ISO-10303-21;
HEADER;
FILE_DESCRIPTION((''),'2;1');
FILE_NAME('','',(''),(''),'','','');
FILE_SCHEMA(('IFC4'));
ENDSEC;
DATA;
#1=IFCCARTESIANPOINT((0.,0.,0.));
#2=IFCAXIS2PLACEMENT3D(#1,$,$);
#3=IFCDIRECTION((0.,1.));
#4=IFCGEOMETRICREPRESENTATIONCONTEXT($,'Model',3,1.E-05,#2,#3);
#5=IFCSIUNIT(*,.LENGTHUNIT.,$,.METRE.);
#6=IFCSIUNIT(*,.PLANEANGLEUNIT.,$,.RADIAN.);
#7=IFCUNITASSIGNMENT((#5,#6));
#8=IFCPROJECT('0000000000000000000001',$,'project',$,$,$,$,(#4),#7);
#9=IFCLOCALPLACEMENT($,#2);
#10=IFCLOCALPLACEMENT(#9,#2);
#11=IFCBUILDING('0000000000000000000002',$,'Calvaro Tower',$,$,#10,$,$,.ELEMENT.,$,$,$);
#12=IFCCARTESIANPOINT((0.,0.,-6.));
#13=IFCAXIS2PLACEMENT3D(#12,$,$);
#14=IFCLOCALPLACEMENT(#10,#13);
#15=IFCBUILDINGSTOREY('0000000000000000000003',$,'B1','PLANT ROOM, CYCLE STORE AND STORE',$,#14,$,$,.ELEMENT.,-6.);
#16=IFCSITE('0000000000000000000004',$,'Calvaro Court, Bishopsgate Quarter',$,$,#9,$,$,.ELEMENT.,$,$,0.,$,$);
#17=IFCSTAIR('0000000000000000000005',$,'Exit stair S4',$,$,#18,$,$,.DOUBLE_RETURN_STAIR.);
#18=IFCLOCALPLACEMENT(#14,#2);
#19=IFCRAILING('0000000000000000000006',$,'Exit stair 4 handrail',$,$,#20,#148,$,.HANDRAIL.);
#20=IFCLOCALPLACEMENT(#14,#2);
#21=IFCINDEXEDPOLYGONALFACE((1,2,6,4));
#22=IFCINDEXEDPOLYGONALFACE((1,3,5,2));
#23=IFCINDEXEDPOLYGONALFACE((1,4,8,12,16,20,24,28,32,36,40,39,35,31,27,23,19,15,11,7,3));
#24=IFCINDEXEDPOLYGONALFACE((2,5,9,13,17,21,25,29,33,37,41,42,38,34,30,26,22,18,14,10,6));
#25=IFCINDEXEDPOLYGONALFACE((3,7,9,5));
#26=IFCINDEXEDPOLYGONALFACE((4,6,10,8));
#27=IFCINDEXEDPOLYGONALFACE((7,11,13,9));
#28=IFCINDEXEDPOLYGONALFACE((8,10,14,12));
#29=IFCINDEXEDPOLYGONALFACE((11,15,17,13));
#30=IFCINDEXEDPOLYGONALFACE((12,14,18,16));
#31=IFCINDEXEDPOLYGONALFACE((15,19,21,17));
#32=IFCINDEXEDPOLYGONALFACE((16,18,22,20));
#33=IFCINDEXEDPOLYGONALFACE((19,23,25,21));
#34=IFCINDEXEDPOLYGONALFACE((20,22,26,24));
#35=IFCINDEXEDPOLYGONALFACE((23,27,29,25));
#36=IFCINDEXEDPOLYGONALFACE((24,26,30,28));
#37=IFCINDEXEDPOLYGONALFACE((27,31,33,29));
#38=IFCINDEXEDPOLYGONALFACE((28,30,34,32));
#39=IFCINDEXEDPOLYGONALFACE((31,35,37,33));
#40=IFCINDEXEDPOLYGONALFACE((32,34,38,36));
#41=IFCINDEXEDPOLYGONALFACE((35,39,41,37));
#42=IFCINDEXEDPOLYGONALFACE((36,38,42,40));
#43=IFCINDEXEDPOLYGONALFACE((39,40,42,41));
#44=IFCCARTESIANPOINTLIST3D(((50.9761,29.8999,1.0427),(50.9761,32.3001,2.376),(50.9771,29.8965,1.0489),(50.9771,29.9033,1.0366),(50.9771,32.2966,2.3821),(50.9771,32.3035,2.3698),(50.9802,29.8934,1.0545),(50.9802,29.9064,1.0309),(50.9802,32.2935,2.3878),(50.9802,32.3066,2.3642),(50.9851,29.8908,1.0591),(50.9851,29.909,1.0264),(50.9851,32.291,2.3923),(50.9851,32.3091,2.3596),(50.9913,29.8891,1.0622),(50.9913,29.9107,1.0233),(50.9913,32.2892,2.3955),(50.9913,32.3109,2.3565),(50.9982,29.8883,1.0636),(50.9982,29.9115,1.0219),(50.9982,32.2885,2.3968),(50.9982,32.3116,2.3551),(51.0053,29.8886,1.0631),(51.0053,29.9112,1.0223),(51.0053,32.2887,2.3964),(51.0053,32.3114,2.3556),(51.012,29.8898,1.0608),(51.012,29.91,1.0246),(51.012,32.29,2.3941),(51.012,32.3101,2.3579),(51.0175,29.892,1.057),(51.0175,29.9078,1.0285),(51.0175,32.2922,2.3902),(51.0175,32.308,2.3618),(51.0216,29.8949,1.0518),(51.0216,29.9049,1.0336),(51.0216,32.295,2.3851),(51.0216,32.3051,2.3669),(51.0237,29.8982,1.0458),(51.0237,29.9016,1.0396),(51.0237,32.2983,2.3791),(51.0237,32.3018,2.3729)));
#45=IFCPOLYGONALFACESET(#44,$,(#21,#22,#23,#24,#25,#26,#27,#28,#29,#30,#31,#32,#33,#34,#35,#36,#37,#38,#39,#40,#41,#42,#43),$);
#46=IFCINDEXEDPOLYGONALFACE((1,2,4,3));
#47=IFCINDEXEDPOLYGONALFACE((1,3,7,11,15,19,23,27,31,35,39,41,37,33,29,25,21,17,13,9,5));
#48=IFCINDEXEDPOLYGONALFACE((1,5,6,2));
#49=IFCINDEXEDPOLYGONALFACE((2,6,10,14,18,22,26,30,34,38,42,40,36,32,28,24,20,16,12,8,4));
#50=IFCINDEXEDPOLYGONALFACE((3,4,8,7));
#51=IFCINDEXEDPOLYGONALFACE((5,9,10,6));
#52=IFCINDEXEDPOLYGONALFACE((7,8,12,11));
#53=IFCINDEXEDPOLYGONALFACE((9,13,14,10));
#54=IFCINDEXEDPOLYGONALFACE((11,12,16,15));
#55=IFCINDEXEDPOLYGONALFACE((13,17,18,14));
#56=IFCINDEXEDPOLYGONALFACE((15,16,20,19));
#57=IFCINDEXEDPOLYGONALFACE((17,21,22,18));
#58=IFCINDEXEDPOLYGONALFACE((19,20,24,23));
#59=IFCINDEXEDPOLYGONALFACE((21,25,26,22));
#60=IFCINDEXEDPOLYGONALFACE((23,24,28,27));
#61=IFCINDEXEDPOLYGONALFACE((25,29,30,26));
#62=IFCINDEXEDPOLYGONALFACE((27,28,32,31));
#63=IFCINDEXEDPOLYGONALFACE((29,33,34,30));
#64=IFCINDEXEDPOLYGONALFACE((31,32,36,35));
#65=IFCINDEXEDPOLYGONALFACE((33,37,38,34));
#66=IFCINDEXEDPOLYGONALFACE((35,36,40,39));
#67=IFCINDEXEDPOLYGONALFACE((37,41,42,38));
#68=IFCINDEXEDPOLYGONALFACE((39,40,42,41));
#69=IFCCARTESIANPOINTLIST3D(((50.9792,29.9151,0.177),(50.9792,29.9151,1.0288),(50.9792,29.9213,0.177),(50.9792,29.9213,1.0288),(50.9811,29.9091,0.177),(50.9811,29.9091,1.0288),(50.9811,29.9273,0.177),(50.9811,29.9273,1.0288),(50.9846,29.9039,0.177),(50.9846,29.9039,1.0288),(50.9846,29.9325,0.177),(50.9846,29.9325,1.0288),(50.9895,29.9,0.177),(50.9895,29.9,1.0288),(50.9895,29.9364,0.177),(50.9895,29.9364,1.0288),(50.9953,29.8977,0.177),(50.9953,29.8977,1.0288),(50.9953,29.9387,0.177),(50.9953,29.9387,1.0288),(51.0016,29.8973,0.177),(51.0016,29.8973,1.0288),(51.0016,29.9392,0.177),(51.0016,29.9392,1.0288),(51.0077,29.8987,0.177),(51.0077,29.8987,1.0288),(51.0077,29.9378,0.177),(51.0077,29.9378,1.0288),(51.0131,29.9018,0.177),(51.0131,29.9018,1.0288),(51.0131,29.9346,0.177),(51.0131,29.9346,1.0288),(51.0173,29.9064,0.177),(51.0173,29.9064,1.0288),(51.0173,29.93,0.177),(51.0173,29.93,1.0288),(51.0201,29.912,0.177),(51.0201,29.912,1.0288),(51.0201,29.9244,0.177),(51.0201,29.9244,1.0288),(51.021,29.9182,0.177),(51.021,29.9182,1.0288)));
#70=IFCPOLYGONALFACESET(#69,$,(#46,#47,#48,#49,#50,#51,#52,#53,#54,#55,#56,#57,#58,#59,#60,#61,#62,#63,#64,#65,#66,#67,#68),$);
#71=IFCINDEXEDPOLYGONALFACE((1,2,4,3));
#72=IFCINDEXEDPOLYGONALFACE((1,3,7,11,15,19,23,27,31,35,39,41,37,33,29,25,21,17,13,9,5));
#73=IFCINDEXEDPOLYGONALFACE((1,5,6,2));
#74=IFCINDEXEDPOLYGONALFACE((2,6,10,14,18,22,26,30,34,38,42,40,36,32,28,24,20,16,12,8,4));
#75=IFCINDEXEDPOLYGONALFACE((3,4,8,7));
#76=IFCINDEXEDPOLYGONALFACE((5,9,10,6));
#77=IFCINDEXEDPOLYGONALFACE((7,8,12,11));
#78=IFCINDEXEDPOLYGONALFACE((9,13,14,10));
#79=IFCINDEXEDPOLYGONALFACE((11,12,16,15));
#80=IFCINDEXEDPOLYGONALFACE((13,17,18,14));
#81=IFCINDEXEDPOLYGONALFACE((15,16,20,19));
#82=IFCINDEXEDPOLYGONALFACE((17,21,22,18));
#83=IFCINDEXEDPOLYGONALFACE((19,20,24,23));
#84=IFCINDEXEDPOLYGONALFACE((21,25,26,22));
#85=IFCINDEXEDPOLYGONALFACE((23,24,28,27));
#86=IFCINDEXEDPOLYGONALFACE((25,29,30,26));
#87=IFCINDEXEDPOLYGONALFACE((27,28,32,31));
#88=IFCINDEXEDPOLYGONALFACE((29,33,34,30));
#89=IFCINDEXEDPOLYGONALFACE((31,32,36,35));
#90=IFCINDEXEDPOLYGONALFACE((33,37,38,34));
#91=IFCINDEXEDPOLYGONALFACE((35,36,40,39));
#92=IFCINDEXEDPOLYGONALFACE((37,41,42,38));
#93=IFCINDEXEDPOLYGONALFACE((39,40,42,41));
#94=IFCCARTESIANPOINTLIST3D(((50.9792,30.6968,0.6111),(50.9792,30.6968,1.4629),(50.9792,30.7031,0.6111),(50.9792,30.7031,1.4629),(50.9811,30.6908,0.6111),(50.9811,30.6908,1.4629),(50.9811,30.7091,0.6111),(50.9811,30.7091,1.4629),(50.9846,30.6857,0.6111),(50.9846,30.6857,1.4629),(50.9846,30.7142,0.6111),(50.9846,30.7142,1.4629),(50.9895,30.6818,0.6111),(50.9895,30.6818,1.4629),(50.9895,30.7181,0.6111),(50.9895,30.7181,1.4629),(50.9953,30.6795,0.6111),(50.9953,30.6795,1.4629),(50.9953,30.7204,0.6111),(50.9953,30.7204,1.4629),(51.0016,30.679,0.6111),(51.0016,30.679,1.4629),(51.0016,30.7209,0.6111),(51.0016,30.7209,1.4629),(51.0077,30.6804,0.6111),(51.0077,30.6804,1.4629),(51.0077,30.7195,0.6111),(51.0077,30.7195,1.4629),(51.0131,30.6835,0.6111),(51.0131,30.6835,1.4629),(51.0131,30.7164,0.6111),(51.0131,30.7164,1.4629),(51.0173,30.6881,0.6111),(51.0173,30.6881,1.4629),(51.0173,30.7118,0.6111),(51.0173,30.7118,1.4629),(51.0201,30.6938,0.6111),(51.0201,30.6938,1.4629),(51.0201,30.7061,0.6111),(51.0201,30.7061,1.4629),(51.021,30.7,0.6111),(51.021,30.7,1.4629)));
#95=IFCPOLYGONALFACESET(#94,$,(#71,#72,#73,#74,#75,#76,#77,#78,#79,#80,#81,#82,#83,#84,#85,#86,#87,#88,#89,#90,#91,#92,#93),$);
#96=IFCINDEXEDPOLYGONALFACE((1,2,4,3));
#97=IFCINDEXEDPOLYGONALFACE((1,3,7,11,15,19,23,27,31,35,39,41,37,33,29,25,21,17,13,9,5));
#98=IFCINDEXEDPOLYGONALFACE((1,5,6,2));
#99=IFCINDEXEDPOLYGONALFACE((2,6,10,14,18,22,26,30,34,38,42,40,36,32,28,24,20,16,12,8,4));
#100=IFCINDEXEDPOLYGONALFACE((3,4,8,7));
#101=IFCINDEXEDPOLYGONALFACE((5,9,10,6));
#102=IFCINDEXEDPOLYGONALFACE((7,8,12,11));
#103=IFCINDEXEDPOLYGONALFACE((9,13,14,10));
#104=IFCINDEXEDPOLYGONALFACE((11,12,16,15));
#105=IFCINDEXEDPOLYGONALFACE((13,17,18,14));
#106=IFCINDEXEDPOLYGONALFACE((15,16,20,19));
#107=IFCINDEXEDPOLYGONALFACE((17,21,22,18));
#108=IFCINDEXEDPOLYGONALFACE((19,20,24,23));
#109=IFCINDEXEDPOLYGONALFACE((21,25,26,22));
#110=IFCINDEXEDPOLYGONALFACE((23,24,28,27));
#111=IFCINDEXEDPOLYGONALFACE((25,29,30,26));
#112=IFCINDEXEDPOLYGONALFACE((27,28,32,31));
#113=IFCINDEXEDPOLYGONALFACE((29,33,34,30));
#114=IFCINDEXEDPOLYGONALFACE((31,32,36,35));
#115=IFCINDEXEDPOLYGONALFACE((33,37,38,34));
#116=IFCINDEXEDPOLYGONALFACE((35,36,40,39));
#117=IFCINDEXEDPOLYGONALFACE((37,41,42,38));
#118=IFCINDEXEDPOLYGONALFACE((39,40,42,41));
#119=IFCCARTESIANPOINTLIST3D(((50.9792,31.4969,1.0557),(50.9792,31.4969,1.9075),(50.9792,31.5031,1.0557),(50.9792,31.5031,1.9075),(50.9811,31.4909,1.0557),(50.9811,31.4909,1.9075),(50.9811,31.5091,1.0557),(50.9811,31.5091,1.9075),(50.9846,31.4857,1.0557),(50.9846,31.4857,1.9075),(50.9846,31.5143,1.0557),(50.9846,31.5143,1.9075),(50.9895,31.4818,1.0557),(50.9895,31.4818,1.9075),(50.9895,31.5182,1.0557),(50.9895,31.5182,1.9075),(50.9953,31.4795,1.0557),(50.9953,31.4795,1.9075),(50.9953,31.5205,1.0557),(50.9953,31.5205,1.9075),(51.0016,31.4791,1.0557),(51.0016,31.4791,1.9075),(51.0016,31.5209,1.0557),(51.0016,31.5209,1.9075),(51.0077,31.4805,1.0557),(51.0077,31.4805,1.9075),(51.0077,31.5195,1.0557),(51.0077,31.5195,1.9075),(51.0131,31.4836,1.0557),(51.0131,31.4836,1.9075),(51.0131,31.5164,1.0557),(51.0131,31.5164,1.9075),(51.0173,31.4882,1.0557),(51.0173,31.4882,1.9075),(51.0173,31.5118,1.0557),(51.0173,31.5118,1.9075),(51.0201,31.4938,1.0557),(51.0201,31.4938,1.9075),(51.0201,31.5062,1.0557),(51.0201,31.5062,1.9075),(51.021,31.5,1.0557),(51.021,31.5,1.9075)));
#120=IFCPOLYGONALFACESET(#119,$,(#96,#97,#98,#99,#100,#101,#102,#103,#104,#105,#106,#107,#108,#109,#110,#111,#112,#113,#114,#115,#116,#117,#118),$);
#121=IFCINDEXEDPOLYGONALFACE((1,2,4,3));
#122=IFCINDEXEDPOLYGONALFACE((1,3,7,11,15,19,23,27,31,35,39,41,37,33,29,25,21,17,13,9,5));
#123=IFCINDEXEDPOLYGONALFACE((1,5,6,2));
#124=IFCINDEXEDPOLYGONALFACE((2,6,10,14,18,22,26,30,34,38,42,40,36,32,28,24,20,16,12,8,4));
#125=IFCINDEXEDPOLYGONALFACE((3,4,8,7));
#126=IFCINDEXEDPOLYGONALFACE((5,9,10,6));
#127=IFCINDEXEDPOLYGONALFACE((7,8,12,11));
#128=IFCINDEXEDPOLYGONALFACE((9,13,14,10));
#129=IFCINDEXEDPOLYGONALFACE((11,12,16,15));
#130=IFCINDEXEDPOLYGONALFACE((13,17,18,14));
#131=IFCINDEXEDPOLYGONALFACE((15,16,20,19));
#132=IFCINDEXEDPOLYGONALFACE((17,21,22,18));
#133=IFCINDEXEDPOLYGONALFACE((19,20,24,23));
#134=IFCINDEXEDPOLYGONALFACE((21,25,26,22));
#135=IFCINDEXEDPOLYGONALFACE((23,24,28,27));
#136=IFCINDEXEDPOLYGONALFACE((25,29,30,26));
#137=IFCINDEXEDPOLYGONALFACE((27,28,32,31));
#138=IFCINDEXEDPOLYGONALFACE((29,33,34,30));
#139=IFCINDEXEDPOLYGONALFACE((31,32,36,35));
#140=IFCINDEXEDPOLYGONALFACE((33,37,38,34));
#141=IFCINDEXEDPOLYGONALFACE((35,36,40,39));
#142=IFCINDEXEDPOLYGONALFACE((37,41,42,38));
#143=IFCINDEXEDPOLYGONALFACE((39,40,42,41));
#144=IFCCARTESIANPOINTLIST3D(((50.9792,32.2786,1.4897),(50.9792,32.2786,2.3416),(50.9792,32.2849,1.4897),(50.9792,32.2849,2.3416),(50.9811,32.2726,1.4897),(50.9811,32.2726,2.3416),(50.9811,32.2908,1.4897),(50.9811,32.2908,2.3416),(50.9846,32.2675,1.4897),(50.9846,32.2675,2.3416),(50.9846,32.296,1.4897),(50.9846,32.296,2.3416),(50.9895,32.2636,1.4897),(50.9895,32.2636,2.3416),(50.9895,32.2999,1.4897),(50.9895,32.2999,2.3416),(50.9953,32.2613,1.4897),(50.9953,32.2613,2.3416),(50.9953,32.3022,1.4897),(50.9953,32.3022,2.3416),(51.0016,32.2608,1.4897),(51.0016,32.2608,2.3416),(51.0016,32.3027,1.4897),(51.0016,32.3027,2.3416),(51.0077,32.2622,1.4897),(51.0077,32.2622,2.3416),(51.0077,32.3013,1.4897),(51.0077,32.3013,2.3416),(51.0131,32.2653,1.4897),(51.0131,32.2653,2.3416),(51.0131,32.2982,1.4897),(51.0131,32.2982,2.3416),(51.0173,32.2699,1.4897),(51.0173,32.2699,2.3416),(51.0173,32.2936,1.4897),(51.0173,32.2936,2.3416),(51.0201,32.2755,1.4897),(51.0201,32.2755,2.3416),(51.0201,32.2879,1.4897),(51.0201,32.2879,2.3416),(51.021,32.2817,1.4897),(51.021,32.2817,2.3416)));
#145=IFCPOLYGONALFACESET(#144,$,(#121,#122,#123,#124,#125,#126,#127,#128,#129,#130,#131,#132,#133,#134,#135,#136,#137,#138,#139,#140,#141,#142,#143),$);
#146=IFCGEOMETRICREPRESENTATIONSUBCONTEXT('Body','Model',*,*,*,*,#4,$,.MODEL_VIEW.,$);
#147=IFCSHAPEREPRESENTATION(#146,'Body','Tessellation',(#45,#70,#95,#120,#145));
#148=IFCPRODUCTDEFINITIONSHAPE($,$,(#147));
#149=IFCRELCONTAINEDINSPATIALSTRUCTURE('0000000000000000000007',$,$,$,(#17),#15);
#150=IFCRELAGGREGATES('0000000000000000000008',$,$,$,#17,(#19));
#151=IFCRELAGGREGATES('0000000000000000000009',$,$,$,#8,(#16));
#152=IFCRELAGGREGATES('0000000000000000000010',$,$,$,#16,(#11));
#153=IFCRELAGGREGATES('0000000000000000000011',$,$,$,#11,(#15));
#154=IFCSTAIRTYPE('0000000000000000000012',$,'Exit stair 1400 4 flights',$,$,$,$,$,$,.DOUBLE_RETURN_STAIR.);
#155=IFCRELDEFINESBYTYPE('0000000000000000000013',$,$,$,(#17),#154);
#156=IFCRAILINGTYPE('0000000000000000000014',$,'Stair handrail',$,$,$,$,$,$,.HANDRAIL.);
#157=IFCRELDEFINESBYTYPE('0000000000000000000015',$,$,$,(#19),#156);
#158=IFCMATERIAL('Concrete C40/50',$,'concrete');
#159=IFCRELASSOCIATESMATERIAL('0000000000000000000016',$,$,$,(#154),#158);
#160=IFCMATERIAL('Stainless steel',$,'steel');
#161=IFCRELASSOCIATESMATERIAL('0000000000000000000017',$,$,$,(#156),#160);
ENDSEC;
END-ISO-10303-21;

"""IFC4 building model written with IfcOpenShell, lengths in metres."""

from ifc_helpers import new_model, si_unit, direction, frame, origin, origin_2d, place, context, subcontext, project, spatial, circle, extrude, material, type_object, element, aggregate, save


model = new_model("IFC4")

# Units and contexts
model_context = context("Model", 3, precision=1e-05, world=origin(), true_north=direction((0.0, 1.0)))
body_context = subcontext(model_context, "Body", "Model", "MODEL_VIEW")
ifc_project = project(units=[si_unit("LENGTHUNIT", "METRE"), si_unit("PLANEANGLEUNIT", "RADIAN")], contexts=[model_context])

# Site, building, storey
site_placement = place(None, origin())
site = spatial("IfcSite", under=ifc_project, at=site_placement, Name="Calvaro Court, Bishopsgate Quarter", CompositionType="ELEMENT", RefElevation=0.0)
building_placement = place(site_placement, origin())
building = spatial("IfcBuilding", under=site, at=building_placement, Name="Calvaro Tower", CompositionType="ELEMENT")
storey_placement = place(building_placement, frame((0.0, 0.0, -6.0)))
storey = spatial("IfcBuildingStorey", under=building, at=storey_placement, Name="B1", Description="PLANT ROOM, CYCLE STORE AND STORE", CompositionType="ELEMENT", Elevation=-6.0)

# Stair
ifc_material_1 = material(Name="Concrete C40/50", Category="concrete")
stair_type = type_object("IfcStairType", Name="Exit stair 1400 4 flights", PredefinedType="DOUBLE_RETURN_STAIR", material=ifc_material_1)
stair_1_placement = place(storey_placement, origin())
stair_1 = element("IfcStair", 1, at=stair_1_placement, inside=storey, type_object=stair_type, Name="Exit stair S4", PredefinedType="DOUBLE_RETURN_STAIR")

# Railing
ifc_material_2 = material(Name="Stainless steel", Category="steel")
railing_type = type_object("IfcRailingType", Name="Stair handrail", PredefinedType="HANDRAIL", material=ifc_material_2)
railing_1_placement = place(storey_placement, frame((51.0, 29.8999, 0.1667)))
railing_1 = element("IfcRailing", 2, at=railing_1_placement, type_object=railing_type, Name="Exit stair 4 handrail", PredefinedType="HANDRAIL", context=body_context, shape_type="SweptSolid", body=[
    extrude(circle(Radius=0.0239, at=origin_2d()), frame((0.0, 0.0, 0.876), z_axis=(0.0, 0.874182, 0.485598), x_axis=(-1.0, 0.0, 0.0)), (0.0, 0.0, 1.0), 2.7456),
    extrude(circle(Radius=0.021, at=origin_2d()), frame((0.0, 0.0183, 0.0103)), (0.0, 0.0, 1.0), 0.8518),
    extrude(circle(Radius=0.021, at=origin_2d()), frame((0.0, 0.8, 0.4443)), (0.0, 0.0, 1.0), 0.8518),
    extrude(circle(Radius=0.021, at=origin_2d()), frame((0.0, 1.6001, 0.8889)), (0.0, 0.0, 1.0), 0.8518),
    extrude(circle(Radius=0.021, at=origin_2d()), frame((0.0, 2.3818, 1.323)), (0.0, 0.0, 1.0), 0.8518),
])
aggregate(stair_1, [railing_1])

save(model, "model.ifc")
